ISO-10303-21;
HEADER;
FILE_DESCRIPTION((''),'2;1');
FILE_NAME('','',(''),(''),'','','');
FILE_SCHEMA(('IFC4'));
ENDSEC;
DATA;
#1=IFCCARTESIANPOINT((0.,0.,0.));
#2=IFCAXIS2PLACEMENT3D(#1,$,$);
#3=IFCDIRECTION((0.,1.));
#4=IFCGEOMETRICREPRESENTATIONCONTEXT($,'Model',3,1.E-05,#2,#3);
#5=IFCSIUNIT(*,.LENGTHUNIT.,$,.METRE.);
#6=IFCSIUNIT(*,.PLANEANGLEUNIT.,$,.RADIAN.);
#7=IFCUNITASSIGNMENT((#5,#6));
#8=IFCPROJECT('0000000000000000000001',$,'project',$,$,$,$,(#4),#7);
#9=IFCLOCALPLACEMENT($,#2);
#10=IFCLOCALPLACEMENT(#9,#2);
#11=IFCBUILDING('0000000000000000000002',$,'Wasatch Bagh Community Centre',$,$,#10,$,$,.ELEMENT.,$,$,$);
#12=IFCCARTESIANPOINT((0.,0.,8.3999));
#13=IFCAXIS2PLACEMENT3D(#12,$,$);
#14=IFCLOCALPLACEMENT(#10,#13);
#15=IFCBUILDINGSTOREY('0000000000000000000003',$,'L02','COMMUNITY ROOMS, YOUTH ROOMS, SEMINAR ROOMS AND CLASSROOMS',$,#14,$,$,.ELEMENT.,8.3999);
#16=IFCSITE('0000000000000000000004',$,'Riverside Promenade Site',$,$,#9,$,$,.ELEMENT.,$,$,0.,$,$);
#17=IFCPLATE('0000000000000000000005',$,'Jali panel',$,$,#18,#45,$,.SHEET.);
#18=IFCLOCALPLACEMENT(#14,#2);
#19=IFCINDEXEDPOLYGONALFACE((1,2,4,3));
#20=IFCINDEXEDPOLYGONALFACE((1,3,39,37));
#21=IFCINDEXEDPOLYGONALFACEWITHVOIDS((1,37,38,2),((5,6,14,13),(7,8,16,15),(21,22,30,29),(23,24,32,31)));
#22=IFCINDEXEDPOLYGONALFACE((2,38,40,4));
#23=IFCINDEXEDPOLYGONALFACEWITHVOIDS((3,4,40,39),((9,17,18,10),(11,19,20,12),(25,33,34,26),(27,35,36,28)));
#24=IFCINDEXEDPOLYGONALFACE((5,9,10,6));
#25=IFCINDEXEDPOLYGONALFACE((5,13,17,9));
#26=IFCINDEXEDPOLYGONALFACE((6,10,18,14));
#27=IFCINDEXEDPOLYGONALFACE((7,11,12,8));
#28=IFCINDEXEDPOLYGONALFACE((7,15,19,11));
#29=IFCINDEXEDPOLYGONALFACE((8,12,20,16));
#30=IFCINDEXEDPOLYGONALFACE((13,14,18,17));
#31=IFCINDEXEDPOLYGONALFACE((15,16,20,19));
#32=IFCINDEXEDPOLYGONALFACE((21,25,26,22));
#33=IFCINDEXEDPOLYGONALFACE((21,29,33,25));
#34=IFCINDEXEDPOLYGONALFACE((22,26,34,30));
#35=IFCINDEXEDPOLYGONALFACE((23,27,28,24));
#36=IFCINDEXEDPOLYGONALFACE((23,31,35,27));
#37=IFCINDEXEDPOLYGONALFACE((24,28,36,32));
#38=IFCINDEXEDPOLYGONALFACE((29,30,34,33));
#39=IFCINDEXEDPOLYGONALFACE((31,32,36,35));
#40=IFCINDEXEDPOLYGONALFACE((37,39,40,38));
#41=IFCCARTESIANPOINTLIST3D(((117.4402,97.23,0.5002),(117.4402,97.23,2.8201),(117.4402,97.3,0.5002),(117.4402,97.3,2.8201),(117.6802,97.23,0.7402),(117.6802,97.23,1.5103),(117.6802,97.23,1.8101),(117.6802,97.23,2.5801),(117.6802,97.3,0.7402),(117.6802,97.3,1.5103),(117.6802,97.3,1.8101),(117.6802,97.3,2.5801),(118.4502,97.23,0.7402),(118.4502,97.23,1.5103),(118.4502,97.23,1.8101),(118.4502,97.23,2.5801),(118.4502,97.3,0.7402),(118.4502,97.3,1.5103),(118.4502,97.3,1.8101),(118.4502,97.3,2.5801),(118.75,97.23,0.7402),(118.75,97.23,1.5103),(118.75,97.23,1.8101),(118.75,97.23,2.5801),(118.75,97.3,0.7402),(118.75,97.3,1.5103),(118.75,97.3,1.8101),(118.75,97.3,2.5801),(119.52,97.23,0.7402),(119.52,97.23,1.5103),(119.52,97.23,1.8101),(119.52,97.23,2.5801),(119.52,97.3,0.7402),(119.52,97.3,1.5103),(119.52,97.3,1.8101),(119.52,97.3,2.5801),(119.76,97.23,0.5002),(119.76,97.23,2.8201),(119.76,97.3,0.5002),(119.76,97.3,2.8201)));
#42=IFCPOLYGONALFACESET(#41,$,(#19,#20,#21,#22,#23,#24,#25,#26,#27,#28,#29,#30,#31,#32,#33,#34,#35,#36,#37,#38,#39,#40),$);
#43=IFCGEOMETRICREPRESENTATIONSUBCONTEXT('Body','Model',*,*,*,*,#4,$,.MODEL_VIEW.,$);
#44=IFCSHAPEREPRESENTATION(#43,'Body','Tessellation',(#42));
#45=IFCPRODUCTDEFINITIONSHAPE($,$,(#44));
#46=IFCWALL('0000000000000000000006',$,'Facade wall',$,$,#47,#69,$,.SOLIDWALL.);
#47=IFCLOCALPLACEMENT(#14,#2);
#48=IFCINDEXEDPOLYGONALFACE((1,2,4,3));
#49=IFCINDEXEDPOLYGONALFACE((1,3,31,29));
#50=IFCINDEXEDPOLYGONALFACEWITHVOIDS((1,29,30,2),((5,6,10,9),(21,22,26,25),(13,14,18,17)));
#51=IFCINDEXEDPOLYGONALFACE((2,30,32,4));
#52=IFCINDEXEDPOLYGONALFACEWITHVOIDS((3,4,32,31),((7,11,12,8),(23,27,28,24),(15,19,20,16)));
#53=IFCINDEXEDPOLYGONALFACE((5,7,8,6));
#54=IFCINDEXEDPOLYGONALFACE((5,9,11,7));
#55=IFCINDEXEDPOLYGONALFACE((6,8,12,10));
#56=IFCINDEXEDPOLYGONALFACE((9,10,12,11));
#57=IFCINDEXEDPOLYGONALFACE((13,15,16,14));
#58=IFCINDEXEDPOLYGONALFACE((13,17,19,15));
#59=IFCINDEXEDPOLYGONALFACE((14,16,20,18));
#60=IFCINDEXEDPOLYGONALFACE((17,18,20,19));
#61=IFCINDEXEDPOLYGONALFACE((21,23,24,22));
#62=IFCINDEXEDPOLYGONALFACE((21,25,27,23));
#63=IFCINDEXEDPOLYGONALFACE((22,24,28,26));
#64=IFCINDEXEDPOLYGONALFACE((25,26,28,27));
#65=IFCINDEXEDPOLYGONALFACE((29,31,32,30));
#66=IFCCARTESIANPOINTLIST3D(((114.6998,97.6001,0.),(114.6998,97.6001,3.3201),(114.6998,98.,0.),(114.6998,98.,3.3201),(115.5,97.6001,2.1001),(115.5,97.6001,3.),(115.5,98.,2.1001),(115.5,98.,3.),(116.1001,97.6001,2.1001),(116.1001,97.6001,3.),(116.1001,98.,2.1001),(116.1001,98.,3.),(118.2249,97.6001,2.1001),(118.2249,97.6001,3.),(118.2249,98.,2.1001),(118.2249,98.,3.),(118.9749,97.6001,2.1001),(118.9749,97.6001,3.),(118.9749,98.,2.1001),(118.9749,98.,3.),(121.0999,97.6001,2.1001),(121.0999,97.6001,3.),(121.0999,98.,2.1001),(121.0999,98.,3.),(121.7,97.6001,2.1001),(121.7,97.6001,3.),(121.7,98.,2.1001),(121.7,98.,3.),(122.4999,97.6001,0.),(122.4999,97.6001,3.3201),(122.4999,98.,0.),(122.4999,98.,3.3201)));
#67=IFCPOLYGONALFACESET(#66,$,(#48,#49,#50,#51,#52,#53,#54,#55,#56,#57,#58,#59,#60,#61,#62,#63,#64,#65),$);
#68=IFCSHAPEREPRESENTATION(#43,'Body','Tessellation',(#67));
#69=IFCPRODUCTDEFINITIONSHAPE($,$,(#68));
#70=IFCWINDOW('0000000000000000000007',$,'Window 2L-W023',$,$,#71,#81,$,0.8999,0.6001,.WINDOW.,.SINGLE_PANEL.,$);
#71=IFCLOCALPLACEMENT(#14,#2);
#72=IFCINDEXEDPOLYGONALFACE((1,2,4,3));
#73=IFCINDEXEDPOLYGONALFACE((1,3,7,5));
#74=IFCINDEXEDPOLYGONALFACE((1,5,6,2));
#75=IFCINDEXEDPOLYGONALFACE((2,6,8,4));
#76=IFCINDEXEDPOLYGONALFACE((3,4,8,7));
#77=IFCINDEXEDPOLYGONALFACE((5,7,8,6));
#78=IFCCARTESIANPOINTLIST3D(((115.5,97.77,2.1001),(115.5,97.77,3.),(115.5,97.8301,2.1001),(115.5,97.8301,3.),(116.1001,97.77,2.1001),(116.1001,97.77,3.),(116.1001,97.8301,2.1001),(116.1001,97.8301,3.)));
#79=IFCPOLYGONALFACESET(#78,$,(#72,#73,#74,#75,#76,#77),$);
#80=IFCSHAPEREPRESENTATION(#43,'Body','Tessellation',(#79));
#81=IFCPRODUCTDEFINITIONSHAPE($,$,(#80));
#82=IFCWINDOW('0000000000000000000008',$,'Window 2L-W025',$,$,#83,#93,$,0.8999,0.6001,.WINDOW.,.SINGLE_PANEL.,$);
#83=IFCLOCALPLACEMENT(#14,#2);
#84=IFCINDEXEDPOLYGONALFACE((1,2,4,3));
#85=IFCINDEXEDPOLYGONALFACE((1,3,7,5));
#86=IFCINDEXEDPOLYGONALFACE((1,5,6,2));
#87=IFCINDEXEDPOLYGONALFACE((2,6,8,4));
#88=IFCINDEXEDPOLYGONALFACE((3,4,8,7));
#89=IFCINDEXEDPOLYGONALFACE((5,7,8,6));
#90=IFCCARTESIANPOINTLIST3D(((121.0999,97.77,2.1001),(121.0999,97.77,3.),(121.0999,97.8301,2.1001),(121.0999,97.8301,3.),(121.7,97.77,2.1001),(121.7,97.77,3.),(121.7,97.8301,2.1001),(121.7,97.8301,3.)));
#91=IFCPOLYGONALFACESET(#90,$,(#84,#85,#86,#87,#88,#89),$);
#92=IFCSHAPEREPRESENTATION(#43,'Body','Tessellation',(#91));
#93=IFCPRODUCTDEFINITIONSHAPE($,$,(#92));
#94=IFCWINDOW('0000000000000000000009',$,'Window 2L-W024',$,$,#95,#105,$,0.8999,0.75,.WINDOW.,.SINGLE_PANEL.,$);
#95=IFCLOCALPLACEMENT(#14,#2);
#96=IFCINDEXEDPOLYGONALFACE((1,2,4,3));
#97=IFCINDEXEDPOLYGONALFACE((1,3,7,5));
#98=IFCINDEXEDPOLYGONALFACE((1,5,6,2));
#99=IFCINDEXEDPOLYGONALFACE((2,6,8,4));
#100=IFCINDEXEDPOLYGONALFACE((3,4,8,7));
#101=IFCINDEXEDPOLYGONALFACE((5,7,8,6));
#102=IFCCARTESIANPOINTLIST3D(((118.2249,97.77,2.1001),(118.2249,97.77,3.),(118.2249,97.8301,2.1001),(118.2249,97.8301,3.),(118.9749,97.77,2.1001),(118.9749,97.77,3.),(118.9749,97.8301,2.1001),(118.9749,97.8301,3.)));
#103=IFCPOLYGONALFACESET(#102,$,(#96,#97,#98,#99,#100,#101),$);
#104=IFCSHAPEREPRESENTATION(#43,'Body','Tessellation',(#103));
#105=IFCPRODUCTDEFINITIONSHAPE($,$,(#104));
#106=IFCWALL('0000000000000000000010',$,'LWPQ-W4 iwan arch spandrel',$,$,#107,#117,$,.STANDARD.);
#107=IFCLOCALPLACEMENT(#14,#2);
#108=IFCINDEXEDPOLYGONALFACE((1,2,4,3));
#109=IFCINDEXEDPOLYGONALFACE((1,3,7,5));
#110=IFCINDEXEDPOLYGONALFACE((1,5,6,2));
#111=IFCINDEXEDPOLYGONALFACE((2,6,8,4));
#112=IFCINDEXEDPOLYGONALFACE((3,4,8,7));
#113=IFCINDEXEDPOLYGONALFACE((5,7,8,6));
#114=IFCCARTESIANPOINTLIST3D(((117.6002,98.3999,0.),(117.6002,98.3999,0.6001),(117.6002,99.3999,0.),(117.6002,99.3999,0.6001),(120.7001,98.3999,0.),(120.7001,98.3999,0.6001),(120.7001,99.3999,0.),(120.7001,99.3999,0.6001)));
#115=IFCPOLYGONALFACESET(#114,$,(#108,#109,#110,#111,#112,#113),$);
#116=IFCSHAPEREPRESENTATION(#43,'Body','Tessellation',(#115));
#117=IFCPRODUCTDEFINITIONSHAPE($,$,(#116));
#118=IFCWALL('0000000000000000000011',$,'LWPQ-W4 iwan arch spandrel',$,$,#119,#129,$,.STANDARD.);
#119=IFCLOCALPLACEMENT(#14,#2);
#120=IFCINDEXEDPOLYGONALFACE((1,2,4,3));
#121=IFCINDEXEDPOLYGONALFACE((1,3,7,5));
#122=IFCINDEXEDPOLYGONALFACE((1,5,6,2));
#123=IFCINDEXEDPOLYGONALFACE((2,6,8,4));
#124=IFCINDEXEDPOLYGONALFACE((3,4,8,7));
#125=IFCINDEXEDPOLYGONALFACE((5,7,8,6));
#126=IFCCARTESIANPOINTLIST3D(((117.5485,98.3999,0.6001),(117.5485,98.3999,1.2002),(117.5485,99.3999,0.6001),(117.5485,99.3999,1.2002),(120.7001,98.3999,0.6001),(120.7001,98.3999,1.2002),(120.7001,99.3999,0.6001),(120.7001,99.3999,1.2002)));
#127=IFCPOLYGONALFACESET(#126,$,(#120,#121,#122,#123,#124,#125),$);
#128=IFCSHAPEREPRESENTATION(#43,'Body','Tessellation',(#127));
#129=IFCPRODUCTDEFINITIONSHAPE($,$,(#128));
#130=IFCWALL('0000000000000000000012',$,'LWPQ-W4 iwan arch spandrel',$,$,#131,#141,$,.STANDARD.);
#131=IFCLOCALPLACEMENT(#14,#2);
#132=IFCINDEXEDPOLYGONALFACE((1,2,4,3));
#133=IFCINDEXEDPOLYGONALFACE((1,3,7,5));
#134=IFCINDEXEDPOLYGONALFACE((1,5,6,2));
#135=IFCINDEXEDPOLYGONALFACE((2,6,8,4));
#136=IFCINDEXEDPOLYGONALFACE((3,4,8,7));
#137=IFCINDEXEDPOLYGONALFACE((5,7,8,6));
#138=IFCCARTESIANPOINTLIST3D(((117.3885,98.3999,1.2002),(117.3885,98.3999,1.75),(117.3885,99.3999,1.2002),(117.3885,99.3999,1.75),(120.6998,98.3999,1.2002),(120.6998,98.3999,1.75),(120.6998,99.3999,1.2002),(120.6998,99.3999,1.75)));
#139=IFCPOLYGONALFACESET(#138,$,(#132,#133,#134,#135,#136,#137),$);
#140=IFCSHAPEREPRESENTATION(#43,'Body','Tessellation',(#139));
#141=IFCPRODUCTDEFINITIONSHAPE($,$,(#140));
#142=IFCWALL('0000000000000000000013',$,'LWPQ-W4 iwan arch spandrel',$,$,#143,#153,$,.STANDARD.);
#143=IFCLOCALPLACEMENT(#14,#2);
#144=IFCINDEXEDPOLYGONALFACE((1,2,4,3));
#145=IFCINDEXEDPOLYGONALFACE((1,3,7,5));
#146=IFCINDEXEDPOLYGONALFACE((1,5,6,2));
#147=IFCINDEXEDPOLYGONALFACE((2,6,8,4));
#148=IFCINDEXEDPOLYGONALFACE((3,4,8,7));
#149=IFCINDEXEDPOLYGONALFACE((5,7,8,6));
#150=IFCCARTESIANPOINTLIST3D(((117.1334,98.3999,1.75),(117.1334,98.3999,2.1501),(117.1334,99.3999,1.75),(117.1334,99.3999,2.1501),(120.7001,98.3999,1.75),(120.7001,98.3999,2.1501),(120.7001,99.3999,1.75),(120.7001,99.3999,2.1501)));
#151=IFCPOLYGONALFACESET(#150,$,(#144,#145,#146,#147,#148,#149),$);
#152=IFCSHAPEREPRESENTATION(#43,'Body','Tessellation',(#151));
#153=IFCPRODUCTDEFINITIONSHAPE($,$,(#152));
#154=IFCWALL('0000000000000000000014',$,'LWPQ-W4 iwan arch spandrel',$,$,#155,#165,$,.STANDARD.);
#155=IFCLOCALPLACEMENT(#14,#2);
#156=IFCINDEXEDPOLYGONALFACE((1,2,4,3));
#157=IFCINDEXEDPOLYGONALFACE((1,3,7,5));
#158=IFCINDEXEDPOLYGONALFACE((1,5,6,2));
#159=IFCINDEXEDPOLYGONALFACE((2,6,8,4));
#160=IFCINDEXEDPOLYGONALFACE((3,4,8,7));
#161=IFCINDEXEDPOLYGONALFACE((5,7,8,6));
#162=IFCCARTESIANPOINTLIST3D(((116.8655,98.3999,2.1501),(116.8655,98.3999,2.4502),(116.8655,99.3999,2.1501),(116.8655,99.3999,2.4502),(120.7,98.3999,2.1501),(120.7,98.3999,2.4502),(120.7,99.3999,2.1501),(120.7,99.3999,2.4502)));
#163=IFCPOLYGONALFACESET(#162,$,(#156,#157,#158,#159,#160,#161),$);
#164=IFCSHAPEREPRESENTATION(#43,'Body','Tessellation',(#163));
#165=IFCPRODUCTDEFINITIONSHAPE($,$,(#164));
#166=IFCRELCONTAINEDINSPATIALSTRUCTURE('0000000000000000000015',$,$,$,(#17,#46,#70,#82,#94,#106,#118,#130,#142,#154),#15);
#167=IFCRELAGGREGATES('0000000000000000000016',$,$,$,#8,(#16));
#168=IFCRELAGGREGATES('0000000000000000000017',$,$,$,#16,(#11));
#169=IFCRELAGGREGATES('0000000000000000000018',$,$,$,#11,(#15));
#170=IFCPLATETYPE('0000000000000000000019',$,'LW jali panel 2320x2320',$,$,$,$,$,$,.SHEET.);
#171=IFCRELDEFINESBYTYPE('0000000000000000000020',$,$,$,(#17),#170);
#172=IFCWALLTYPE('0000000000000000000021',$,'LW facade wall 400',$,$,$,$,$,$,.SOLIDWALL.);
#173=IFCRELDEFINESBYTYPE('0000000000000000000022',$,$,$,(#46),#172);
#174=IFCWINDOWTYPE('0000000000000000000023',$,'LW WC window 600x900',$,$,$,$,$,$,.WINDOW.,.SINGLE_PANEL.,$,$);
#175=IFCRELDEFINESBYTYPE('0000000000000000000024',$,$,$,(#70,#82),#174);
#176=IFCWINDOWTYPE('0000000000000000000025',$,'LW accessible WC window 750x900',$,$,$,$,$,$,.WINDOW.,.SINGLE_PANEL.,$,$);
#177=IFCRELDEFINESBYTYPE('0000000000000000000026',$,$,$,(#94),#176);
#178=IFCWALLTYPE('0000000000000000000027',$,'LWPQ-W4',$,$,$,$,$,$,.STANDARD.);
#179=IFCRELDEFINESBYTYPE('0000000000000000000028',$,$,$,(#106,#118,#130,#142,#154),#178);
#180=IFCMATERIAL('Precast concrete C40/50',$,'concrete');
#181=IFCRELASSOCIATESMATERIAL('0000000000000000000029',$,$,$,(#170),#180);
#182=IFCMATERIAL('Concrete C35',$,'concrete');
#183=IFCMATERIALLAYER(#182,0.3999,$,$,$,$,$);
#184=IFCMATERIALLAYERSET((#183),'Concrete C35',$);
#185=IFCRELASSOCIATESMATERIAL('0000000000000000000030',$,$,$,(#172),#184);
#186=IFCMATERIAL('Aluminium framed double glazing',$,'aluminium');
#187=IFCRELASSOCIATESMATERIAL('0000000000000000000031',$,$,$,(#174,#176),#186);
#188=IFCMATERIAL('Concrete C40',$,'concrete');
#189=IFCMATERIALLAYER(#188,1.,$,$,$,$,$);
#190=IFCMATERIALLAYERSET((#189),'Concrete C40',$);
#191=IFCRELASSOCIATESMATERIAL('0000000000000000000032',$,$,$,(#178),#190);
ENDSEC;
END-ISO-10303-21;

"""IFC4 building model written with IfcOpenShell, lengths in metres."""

from ifc_helpers import new_model, si_unit, direction, frame, frame_2d, origin, place, context, subcontext, project, spatial, polyline, rectangle, outline, extrude, material, layer, layer_set, material_profile, profile_set, type_object, element, fill, save


model = new_model("IFC4")

# Units and contexts
model_context = context("Model", 3, precision=1e-05, world=origin(), true_north=direction((0.0, 1.0)))
body_context = subcontext(model_context, "Body", "Model", "MODEL_VIEW")
ifc_project = project(units=[si_unit("LENGTHUNIT", "METRE"), si_unit("PLANEANGLEUNIT", "RADIAN")], contexts=[model_context])

# Site, building, storey
site_placement = place(None, origin())
site = spatial("IfcSite", under=ifc_project, at=site_placement, Name="Riverside Promenade Site", CompositionType="ELEMENT", RefElevation=0.0)
building_placement = place(site_placement, origin())
building = spatial("IfcBuilding", under=site, at=building_placement, Name="Wasatch Bagh Community Centre", CompositionType="ELEMENT")
storey_placement = place(building_placement, frame((0.0, 0.0, 8.3999)))
storey = spatial("IfcBuildingStorey", under=building, at=storey_placement, Name="L02", Description="COMMUNITY ROOMS, YOUTH ROOMS, SEMINAR ROOMS AND CLASSROOMS", CompositionType="ELEMENT", Elevation=8.3999)

# Shared definitions
ifc_material_1 = material(Name="Concrete C40", Category="concrete")

# Shared definitions
ifc_material_2 = material(Name="Concrete C35", Category="concrete")

# Plate
ifc_material_3 = material(Name="Precast concrete C40/50", Category="concrete")
ifc_material_profile_1 = material_profile(ifc_material_3, outline(polyline([(-1.1599, -1.1599), (1.1599, -1.1599), (1.1599, 1.1599), (-1.1599, 1.1599), (-1.1599, -1.1599)]), holes=[polyline([(-0.9199, -0.9199), (-0.1499, -0.9199), (-0.1499, -0.1499), (-0.9199, -0.1499), (-0.9199, -0.9199)]), polyline([(-0.9199, 0.1499), (-0.1499, 0.1499), (-0.1499, 0.9199), (-0.9199, 0.9199), (-0.9199, 0.1499)]), polyline([(0.1499, -0.9199), (0.9199, -0.9199), (0.9199, -0.1499), (0.1499, -0.1499), (0.1499, -0.9199)]), polyline([(0.1499, 0.1499), (0.9199, 0.1499), (0.9199, 0.9199), (0.1499, 0.9199), (0.1499, 0.1499)])]), Name="Jali lattice")
ifc_profile_set_1 = profile_set([ifc_material_profile_1], Name="Precast concrete C40/50")
plate_type_1 = type_object("IfcPlateType", Name="LW jali panel 2320x2320", PredefinedType="SHEET", material=ifc_profile_set_1)
for number, where, z_axis, x_axis, name in (
    (1, (118.6001, 97.3, 1.6602), (0.0, -1.0, 0.0), (1.0, 0.0, 0.0), "Jali panel"),
):
    element("IfcPlate", number, at=place(storey_placement, frame(where, z_axis=z_axis, x_axis=x_axis)), inside=storey, type_object=plate_type_1, Name=name, PredefinedType="SHEET", context=body_context, shape_type="SweptSolid", body=[
        extrude(outline(polyline([(-1.1599, -1.1599), (1.1599, -1.1599), (1.1599, 1.1599), (-1.1599, 1.1599), (-1.1599, -1.1599)]), holes=[polyline([(-0.9199, -0.9199), (-0.1499, -0.9199), (-0.1499, -0.1499), (-0.9199, -0.1499), (-0.9199, -0.9199)]), polyline([(-0.9199, 0.1499), (-0.1499, 0.1499), (-0.1499, 0.9199), (-0.9199, 0.9199), (-0.9199, 0.1499)]), polyline([(0.1499, -0.9199), (0.9199, -0.9199), (0.9199, -0.1499), (0.1499, -0.1499), (0.1499, -0.9199)]), polyline([(0.1499, 0.1499), (0.9199, 0.1499), (0.9199, 0.9199), (0.1499, 0.9199), (0.1499, 0.1499)])]), origin(), (0.0, 0.0, 1.0), 0.0701),
    ])

# Wall, openings, windows
ifc_layer_1 = layer(ifc_material_2, 0.3999)
ifc_layer_set_1 = layer_set([ifc_layer_1], Name="Concrete C35")
wall_type_1 = type_object("IfcWallType", Name="LW facade wall 400", PredefinedType="SOLIDWALL", material=ifc_layer_set_1)
wall_1_placement = place(storey_placement, frame((114.7, 97.8, 0.0), z_axis=(0.0, 0.0, 1.0), x_axis=(1.0, 0.0, 0.0)))
wall_1 = element("IfcWall", 2, at=wall_1_placement, inside=storey, type_object=wall_type_1, Name="Facade wall", PredefinedType="SOLIDWALL", context=body_context, shape_type="SweptSolid", body=[
    extrude(rectangle(XDim=7.8, YDim=0.3999, at=frame_2d((3.8999, 0.0))), origin(), (0.0, 0.0, 1.0), 3.3201),
])
opening_1_placement = place(wall_1_placement, frame((0.8, 0.0, 2.1001)))
opening_1 = element("IfcOpeningElement", 3, at=opening_1_placement, cuts=wall_1, PredefinedType="OPENING", context=body_context, shape_type="SweptSolid", body=[
    extrude(rectangle(XDim=0.6001, YDim=0.8999, at=frame_2d((0.3, 0.45))), frame((0.0, 0.21, 0.0), z_axis=(0.0, -1.0, 0.0), x_axis=(1.0, 0.0, 0.0)), (0.0, 0.0, 1.0), 0.4199),
])
opening_2_placement = place(wall_1_placement, frame((3.5249, 0.0, 2.1001)))
opening_2 = element("IfcOpeningElement", 4, at=opening_2_placement, cuts=wall_1, PredefinedType="OPENING", context=body_context, shape_type="SweptSolid", body=[
    extrude(rectangle(XDim=0.75, YDim=0.8999, at=frame_2d((0.375, 0.45))), frame((0.0, 0.21, 0.0), z_axis=(0.0, -1.0, 0.0), x_axis=(1.0, 0.0, 0.0)), (0.0, 0.0, 1.0), 0.4199),
])
opening_3_placement = place(wall_1_placement, frame((6.3999, 0.0, 2.1001)))
opening_3 = element("IfcOpeningElement", 5, at=opening_3_placement, cuts=wall_1, PredefinedType="OPENING", context=body_context, shape_type="SweptSolid", body=[
    extrude(rectangle(XDim=0.6001, YDim=0.8999, at=frame_2d((0.3, 0.45))), frame((0.0, 0.21, 0.0), z_axis=(0.0, -1.0, 0.0), x_axis=(1.0, 0.0, 0.0)), (0.0, 0.0, 1.0), 0.4199),
])
ifc_material_4 = material(Name="Aluminium framed double glazing", Category="aluminium")
window_type_1 = type_object("IfcWindowType", Name="LW WC window 600x900", PartitioningType="SINGLE_PANEL", PredefinedType="WINDOW", material=ifc_material_4)
window_1_placement = place(opening_1_placement, origin())
window_1 = element("IfcWindow", 6, at=window_1_placement, inside=storey, type_object=window_type_1, Name="Window 2L-W023", OverallHeight=0.8999, OverallWidth=0.6001, PartitioningType="SINGLE_PANEL", PredefinedType="WINDOW", context=body_context, shape_type="SweptSolid", body=[
    extrude(rectangle(XDim=0.6001, YDim=0.8999, at=frame_2d((0.3, 0.45))), frame((0.0, 0.03, 0.0), z_axis=(0.0, -1.0, 0.0), x_axis=(1.0, 0.0, 0.0)), (0.0, 0.0, 1.0), 0.0601),
])
fill(opening_1, window_1)
window_2_placement = place(opening_3_placement, origin())
window_2 = element("IfcWindow", 7, at=window_2_placement, inside=storey, type_object=window_type_1, Name="Window 2L-W025", OverallHeight=0.8999, OverallWidth=0.6001, PartitioningType="SINGLE_PANEL", PredefinedType="WINDOW", context=body_context, shape_type="SweptSolid", body=[
    extrude(rectangle(XDim=0.6001, YDim=0.8999, at=frame_2d((0.3, 0.45))), frame((0.0, 0.03, 0.0), z_axis=(0.0, -1.0, 0.0), x_axis=(1.0, 0.0, 0.0)), (0.0, 0.0, 1.0), 0.0601),
])
fill(opening_3, window_2)
window_type_2 = type_object("IfcWindowType", Name="LW accessible WC window 750x900", PartitioningType="SINGLE_PANEL", PredefinedType="WINDOW", material=ifc_material_4)
window_3_placement = place(opening_2_placement, origin())
window_3 = element("IfcWindow", 8, at=window_3_placement, inside=storey, type_object=window_type_2, Name="Window 2L-W024", OverallHeight=0.8999, OverallWidth=0.75, PartitioningType="SINGLE_PANEL", PredefinedType="WINDOW", context=body_context, shape_type="SweptSolid", body=[
    extrude(rectangle(XDim=0.75, YDim=0.8999, at=frame_2d((0.375, 0.45))), frame((0.0, 0.03, 0.0), z_axis=(0.0, -1.0, 0.0), x_axis=(1.0, 0.0, 0.0)), (0.0, 0.0, 1.0), 0.0601),
])
fill(opening_2, window_3)

# Walls
ifc_layer_2 = layer(ifc_material_1, 1.0)
ifc_layer_set_2 = layer_set([ifc_layer_2], Name="Concrete C40")
wall_type_2 = type_object("IfcWallType", Name="LWPQ-W4", PredefinedType="STANDARD", material=ifc_layer_set_2)
wall_2_placement = place(storey_placement, frame((120.7, 98.8999, 0.0), z_axis=(0.0, 0.0, 1.0), x_axis=(-1.0, 0.0, 0.0)))
element("IfcWall", 9, at=wall_2_placement, inside=storey, type_object=wall_type_2, Name="LWPQ-W4 iwan arch spandrel", PredefinedType="STANDARD", context=body_context, shape_type="SweptSolid", body=[
    extrude(rectangle(XDim=3.0999, YDim=1.0, at=frame_2d((1.5498, 0.0))), origin(), (0.0, 0.0, 1.0), 0.6001),
])
wall_3_placement = place(storey_placement, frame((120.7, 98.8999, 0.6001), z_axis=(0.0, 0.0, 1.0), x_axis=(-1.0, 0.0, 0.0)))
element("IfcWall", 10, at=wall_3_placement, inside=storey, type_object=wall_type_2, Name="LWPQ-W4 iwan arch spandrel", PredefinedType="STANDARD", context=body_context, shape_type="SweptSolid", body=[
    extrude(rectangle(XDim=3.1516, YDim=1.0, at=frame_2d((1.5757, 0.0))), origin(), (0.0, 0.0, 1.0), 0.6001),
])
wall_4_placement = place(storey_placement, frame((120.7, 98.8999, 1.2002), z_axis=(0.0, 0.0, 1.0), x_axis=(-1.0, 0.0, 0.0)))
element("IfcWall", 11, at=wall_4_placement, inside=storey, type_object=wall_type_2, Name="LWPQ-W4 iwan arch spandrel", PredefinedType="STANDARD", context=body_context, shape_type="SweptSolid", body=[
    extrude(rectangle(XDim=3.3113, YDim=1.0, at=frame_2d((1.6558, 0.0))), origin(), (0.0, 0.0, 1.0), 0.5498),
])
wall_5_placement = place(storey_placement, frame((120.7, 98.8999, 1.75), z_axis=(0.0, 0.0, 1.0), x_axis=(-1.0, 0.0, 0.0)))
element("IfcWall", 12, at=wall_5_placement, inside=storey, type_object=wall_type_2, Name="LWPQ-W4 iwan arch spandrel", PredefinedType="STANDARD", context=body_context, shape_type="SweptSolid", body=[
    extrude(rectangle(XDim=3.5667, YDim=1.0, at=frame_2d((1.7832, 0.0))), origin(), (0.0, 0.0, 1.0), 0.4001),
])
wall_6_placement = place(storey_placement, frame((120.7, 98.8999, 2.1501), z_axis=(0.0, 0.0, 1.0), x_axis=(-1.0, 0.0, 0.0)))
element("IfcWall", 13, at=wall_6_placement, inside=storey, type_object=wall_type_2, Name="LWPQ-W4 iwan arch spandrel", PredefinedType="STANDARD", context=body_context, shape_type="SweptSolid", body=[
    extrude(rectangle(XDim=3.8345, YDim=1.0, at=frame_2d((1.9172, 0.0))), origin(), (0.0, 0.0, 1.0), 0.3),
])

save(model, "model.ifc")
